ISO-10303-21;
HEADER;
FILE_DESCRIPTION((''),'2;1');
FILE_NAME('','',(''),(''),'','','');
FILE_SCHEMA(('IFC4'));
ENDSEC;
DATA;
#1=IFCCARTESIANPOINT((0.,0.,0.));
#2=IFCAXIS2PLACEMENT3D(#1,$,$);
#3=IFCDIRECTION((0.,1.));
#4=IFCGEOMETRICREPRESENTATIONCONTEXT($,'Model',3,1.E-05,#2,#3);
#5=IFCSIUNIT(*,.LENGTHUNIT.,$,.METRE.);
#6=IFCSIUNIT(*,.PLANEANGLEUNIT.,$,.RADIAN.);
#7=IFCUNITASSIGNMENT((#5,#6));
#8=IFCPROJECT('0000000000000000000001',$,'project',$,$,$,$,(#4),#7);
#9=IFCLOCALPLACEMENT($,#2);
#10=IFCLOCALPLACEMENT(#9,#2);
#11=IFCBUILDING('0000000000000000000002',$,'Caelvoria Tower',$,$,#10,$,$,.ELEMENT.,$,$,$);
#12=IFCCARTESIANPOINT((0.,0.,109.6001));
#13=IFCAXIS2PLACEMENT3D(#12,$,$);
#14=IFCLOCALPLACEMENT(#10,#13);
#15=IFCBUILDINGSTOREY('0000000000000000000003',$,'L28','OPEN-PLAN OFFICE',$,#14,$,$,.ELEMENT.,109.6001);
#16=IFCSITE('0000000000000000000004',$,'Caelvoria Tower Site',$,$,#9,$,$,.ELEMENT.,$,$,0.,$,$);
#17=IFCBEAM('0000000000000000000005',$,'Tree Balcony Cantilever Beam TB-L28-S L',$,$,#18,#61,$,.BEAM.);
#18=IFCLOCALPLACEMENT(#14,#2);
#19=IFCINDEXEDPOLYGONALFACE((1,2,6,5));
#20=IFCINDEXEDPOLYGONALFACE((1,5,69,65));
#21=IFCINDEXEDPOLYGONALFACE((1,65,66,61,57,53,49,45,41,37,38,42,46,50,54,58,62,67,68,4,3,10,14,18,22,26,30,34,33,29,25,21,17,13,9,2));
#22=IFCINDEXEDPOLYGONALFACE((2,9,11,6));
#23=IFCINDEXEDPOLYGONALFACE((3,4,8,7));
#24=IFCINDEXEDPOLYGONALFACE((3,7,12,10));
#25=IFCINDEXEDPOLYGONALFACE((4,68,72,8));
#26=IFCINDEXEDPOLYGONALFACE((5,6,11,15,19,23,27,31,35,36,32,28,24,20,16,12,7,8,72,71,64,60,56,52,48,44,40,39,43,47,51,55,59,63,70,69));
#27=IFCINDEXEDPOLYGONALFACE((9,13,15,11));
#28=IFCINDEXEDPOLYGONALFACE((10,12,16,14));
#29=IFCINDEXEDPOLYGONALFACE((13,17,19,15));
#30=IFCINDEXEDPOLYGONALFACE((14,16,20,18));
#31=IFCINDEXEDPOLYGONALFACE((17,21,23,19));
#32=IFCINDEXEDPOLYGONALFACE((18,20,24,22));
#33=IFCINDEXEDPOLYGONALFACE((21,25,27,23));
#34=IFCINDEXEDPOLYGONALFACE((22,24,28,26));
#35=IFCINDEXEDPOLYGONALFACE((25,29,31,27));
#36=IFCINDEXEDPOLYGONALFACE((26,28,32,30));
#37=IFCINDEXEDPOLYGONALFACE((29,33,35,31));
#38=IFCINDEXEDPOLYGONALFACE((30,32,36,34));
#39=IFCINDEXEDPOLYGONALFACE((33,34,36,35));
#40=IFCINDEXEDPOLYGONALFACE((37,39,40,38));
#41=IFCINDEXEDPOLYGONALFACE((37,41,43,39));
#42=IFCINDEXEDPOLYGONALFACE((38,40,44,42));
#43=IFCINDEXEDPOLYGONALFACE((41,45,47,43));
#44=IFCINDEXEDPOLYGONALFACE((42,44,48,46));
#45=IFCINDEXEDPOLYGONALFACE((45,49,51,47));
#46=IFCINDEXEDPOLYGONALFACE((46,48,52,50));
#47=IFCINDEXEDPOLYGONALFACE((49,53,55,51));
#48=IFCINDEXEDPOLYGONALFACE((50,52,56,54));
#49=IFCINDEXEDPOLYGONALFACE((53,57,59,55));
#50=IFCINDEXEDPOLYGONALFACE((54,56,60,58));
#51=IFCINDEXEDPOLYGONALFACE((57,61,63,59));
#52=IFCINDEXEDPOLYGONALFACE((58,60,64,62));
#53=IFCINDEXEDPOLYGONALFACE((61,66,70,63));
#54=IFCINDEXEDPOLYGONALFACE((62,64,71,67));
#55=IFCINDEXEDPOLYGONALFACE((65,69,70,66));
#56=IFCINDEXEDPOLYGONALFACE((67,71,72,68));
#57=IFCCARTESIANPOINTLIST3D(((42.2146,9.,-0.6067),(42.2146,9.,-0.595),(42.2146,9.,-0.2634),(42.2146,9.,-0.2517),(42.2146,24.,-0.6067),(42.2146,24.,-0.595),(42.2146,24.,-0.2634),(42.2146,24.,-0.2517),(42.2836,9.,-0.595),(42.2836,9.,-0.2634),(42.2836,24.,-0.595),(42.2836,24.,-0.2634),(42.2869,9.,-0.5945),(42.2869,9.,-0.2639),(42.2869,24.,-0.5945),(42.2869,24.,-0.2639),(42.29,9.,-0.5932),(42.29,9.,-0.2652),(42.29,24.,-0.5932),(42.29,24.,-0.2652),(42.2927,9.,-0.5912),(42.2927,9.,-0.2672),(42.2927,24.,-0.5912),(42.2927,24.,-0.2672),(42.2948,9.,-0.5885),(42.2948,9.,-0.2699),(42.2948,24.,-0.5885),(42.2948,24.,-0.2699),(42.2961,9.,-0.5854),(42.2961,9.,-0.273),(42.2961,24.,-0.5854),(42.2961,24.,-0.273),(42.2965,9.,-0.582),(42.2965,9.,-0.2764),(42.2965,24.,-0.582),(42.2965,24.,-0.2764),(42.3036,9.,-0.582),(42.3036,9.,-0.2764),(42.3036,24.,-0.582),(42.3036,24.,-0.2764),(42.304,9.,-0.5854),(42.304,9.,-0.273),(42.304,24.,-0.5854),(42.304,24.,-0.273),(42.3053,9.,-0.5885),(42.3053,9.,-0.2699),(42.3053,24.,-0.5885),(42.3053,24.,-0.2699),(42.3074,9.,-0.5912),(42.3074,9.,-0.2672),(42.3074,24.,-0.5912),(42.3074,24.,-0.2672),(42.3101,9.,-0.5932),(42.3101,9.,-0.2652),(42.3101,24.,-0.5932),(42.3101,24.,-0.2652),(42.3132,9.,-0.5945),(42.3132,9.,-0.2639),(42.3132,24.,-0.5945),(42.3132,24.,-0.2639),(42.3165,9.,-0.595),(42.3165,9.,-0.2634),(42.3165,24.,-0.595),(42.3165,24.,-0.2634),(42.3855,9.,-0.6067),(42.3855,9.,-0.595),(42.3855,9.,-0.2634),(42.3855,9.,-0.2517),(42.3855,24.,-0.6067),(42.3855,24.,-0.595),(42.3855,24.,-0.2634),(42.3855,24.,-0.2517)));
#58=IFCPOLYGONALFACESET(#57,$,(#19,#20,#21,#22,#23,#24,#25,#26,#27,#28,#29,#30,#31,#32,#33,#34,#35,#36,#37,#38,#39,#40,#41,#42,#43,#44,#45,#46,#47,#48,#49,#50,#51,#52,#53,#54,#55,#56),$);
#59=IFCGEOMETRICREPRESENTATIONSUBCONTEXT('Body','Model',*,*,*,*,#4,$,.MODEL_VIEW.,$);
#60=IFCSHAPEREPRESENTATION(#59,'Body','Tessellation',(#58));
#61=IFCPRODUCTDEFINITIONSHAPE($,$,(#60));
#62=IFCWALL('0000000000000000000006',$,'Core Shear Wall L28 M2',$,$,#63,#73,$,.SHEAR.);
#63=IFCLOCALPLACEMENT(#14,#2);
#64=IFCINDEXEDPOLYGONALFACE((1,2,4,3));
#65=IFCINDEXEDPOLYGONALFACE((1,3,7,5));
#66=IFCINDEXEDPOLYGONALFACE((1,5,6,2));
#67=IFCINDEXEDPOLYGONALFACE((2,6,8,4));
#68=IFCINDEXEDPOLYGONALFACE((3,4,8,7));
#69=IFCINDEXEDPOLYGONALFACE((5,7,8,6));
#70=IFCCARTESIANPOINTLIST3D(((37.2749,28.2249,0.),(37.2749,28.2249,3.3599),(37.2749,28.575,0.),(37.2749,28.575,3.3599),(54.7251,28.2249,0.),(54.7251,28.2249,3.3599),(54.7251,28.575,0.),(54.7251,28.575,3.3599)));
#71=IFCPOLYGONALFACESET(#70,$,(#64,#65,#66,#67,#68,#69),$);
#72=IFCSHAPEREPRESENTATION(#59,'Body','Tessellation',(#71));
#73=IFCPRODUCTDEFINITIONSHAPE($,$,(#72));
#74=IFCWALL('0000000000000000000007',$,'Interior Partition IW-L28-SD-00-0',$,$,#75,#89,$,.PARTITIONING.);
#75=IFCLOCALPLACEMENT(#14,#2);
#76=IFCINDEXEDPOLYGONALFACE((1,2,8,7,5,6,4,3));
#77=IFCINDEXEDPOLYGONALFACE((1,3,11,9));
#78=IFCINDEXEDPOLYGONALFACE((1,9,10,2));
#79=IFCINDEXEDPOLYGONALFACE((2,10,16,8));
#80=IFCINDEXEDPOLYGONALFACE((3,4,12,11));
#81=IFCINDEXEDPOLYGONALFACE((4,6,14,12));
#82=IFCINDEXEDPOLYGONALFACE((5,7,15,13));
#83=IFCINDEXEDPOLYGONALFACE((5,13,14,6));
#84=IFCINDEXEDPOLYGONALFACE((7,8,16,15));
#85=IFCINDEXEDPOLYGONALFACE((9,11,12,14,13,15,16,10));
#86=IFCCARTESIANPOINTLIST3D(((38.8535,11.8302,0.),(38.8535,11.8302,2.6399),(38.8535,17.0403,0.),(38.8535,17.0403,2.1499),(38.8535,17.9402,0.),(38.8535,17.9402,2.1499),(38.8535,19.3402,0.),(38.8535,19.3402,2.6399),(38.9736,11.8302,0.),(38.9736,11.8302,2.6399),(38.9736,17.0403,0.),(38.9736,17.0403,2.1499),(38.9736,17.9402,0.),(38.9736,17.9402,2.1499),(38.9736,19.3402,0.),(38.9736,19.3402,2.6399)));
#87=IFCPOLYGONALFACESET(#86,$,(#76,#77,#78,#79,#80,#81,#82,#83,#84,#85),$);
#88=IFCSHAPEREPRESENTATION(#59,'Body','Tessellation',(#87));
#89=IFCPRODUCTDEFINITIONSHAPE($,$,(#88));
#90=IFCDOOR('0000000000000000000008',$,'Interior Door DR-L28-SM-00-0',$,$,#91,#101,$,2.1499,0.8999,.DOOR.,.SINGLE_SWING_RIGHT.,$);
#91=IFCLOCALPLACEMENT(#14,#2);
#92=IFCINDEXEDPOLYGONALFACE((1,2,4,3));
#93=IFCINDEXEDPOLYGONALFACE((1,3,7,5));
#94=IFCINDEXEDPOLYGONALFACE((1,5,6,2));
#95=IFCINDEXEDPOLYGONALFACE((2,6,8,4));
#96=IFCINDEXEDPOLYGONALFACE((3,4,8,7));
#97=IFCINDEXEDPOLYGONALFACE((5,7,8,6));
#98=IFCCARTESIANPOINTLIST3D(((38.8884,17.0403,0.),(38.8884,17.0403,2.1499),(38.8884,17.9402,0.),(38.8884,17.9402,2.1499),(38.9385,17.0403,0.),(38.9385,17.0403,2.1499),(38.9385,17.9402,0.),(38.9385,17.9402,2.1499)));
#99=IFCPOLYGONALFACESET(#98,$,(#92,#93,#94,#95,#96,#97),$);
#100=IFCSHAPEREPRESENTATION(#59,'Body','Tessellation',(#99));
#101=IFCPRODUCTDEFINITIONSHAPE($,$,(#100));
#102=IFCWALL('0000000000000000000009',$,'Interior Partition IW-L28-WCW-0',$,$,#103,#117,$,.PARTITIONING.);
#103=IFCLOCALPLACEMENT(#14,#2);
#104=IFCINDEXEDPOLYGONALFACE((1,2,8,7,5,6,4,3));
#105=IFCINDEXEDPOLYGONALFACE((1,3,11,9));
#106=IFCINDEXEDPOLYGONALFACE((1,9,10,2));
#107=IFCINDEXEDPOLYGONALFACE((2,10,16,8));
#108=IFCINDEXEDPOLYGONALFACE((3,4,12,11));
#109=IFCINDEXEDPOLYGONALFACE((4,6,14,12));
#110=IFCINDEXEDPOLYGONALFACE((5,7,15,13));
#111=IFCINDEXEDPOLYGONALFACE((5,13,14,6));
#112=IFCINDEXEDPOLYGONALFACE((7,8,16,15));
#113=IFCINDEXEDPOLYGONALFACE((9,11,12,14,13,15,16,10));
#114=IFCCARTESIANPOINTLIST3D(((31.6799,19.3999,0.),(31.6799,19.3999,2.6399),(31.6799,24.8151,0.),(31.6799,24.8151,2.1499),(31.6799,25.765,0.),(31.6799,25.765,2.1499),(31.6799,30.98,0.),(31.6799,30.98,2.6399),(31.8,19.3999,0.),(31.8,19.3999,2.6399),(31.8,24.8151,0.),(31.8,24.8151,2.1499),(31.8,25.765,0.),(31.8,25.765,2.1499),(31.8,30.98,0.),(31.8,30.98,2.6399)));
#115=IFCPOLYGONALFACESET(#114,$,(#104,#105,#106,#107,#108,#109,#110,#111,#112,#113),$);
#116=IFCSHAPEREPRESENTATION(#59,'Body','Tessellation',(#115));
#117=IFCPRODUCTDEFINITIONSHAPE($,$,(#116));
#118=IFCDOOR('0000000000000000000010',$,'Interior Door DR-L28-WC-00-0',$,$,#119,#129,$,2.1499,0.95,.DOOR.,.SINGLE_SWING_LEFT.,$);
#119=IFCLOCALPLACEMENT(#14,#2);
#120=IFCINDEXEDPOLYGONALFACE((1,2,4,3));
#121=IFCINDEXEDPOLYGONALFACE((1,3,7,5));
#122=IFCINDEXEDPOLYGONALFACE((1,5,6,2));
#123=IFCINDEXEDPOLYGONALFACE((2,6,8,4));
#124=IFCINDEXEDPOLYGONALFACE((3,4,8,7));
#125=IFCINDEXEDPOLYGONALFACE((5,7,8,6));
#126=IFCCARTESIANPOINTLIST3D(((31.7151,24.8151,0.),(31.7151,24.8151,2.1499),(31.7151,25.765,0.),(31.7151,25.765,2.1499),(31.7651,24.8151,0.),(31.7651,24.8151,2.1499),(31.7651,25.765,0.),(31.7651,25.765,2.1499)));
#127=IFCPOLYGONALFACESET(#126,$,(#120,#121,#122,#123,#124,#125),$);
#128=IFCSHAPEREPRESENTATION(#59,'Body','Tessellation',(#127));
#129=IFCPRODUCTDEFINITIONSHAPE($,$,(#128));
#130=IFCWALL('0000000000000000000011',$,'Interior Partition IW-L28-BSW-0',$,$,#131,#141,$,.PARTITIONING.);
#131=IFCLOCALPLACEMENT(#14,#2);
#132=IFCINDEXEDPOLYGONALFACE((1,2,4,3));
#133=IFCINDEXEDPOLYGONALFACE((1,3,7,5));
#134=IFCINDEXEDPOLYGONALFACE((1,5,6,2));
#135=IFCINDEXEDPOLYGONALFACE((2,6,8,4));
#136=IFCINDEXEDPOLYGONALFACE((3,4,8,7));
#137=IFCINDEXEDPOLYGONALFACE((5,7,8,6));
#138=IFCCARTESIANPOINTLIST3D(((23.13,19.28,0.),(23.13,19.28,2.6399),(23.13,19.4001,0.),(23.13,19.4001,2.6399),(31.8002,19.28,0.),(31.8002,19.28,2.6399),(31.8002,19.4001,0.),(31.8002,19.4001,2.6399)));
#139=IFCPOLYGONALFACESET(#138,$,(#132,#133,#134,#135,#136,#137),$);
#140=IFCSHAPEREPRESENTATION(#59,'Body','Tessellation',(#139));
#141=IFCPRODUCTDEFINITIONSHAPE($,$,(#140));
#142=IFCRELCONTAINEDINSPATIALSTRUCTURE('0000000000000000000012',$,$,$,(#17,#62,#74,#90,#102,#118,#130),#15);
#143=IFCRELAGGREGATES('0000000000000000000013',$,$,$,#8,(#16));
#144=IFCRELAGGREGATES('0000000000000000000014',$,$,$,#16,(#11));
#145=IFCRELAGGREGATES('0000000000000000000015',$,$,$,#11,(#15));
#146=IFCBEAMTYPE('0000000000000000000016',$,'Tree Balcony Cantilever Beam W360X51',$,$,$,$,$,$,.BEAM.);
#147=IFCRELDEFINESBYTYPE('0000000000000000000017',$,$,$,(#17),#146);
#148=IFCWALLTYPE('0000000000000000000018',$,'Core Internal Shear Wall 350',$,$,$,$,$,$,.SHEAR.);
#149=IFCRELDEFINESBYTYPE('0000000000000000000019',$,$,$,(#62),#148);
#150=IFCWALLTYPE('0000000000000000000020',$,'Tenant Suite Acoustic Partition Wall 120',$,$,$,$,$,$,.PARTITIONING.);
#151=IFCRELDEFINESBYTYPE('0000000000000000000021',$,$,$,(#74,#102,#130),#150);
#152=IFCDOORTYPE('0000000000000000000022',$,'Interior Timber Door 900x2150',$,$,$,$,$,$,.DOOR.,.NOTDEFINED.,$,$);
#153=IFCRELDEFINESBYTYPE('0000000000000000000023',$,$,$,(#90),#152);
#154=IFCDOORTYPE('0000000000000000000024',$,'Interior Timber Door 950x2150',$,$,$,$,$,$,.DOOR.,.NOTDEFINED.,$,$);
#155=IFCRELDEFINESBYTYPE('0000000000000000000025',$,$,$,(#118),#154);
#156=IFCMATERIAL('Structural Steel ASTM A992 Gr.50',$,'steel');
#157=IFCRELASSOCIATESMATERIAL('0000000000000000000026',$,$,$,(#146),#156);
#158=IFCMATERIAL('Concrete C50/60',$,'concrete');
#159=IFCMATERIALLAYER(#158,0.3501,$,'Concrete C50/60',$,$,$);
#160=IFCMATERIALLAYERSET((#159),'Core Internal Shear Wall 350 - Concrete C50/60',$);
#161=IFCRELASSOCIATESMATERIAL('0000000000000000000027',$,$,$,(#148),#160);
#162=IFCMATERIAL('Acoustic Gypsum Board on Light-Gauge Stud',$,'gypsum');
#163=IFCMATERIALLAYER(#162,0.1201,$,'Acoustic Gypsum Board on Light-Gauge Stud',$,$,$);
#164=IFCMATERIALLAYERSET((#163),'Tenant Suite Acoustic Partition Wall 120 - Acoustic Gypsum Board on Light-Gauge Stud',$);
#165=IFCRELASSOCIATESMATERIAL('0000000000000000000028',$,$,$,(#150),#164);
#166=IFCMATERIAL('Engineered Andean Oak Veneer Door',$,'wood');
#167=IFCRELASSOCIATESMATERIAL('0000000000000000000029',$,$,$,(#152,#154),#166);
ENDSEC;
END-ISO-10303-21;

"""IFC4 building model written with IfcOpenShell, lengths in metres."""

from ifc_helpers import new_model, si_unit, direction, frame, frame_2d, origin, origin_2d, place, context, subcontext, project, spatial, rectangle, i_section, extrude, material, layer, layer_set, material_profile, profile_set, type_object, element, fill, save


model = new_model("IFC4")

# Units and contexts
model_context = context("Model", 3, precision=1e-05, world=origin(), true_north=direction((0.0, 1.0)))
body_context = subcontext(model_context, "Body", "Model", "MODEL_VIEW")
ifc_project = project(units=[si_unit("LENGTHUNIT", "METRE"), si_unit("PLANEANGLEUNIT", "RADIAN")], contexts=[model_context])

# Site, building, storey
site_placement = place(None, origin())
site = spatial("IfcSite", under=ifc_project, at=site_placement, Name="Caelvoria Tower Site", CompositionType="ELEMENT", RefElevation=0.0)
building_placement = place(site_placement, origin())
building = spatial("IfcBuilding", under=site, at=building_placement, Name="Caelvoria Tower", CompositionType="ELEMENT")
storey_placement = place(building_placement, frame((0.0, 0.0, 109.6001)))
storey = spatial("IfcBuildingStorey", under=building, at=storey_placement, Name="L28", Description="OPEN-PLAN OFFICE", CompositionType="ELEMENT", Elevation=109.6001)

# Beam
ifc_material_1 = material(Name="Structural Steel ASTM A992 Gr.50", Category="steel")
ifc_material_profile_1 = material_profile(ifc_material_1, i_section(OverallWidth=0.1709, OverallDepth=0.355, WebThickness=0.0071, FlangeThickness=0.0117, FilletRadius=0.0129, at=origin_2d()), Name="Structural Steel ASTM A992 Gr.50")
ifc_profile_set_1 = profile_set([ifc_material_profile_1], Name="W360X51 - Structural Steel ASTM A992 Gr.50")
beam_type_1 = type_object("IfcBeamType", Name="Tree Balcony Cantilever Beam W360X51", PredefinedType="BEAM", material=ifc_profile_set_1)
beam_1_placement = place(storey_placement, frame((42.3, 24.0, -0.4292), z_axis=(0.0, -1.0, 0.0), x_axis=(1.0, 0.0, 0.0)))
element("IfcBeam", 1, at=beam_1_placement, inside=storey, type_object=beam_type_1, Name="Tree Balcony Cantilever Beam TB-L28-S L", PredefinedType="BEAM", context=body_context, shape_type="SweptSolid", body=[
    extrude(i_section(OverallWidth=0.1709, OverallDepth=0.355, WebThickness=0.0071, FlangeThickness=0.0117, FilletRadius=0.0129, at=origin_2d()), origin(), (0.0, 0.0, 1.0), 15.0),
])

# Shared definitions
ifc_material_2 = material(Name="Concrete C50/60", Category="concrete")
ifc_layer_1 = layer(ifc_material_2, 0.3501, Name="Concrete C50/60")
ifc_layer_set_1 = layer_set([ifc_layer_1], Name="Core Internal Shear Wall 350 - Concrete C50/60")
wall_type_1 = type_object("IfcWallType", Name="Core Internal Shear Wall 350", PredefinedType="SHEAR", material=ifc_layer_set_1)

# Wall
wall_1_placement = place(storey_placement, frame((37.2749, 28.3999, 0.0), z_axis=(0.0, 0.0, 1.0), x_axis=(1.0, 0.0, 0.0)))
element("IfcWall", 2, at=wall_1_placement, inside=storey, type_object=wall_type_1, Name="Core Shear Wall L28 M2", PredefinedType="SHEAR", context=body_context, shape_type="SweptSolid", body=[
    extrude(rectangle(XDim=17.4502, YDim=0.3501, at=frame_2d((8.7251, 0.0))), origin(), (0.0, 0.0, 1.0), 3.3599),
])

# Walls, openings, doors
ifc_material_3 = material(Name="Acoustic Gypsum Board on Light-Gauge Stud", Category="gypsum")
ifc_layer_2 = layer(ifc_material_3, 0.1201, Name="Acoustic Gypsum Board on Light-Gauge Stud")
ifc_layer_set_2 = layer_set([ifc_layer_2], Name="Tenant Suite Acoustic Partition Wall 120 - Acoustic Gypsum Board on Light-Gauge Stud")
wall_type_2 = type_object("IfcWallType", Name="Tenant Suite Acoustic Partition Wall 120", PredefinedType="PARTITIONING", material=ifc_layer_set_2)
wall_2_placement = place(storey_placement, frame((38.9136, 19.3401, 0.0), z_axis=(0.0, 0.0, 1.0), x_axis=(0.0, -1.0, 0.0)))
wall_2 = element("IfcWall", 3, at=wall_2_placement, inside=storey, type_object=wall_type_2, Name="Interior Partition IW-L28-SD-00-0", PredefinedType="PARTITIONING", context=body_context, shape_type="SweptSolid", body=[
    extrude(rectangle(XDim=7.51, YDim=0.1201, at=frame_2d((3.7549, 0.0))), origin(), (0.0, 0.0, 1.0), 2.6399),
])
opening_1_placement = place(wall_2_placement, frame((1.3999, 0.0, 0.0)))
opening_1 = element("IfcOpeningElement", 4, at=opening_1_placement, cuts=wall_2, PredefinedType="OPENING", context=body_context, shape_type="SweptSolid", body=[
    extrude(rectangle(XDim=0.8999, YDim=2.1499, at=frame_2d((0.45, 1.075))), frame((0.0, 0.0701, 0.0), z_axis=(0.0, -1.0, 0.0), x_axis=(1.0, 0.0, 0.0)), (0.0, 0.0, 1.0), 0.1401),
])
ifc_material_4 = material(Name="Engineered Andean Oak Veneer Door", Category="wood")
door_type_1 = type_object("IfcDoorType", Name="Interior Timber Door 900x2150", OperationType="NOTDEFINED", PredefinedType="DOOR", material=ifc_material_4)
door_1_placement = place(opening_1_placement, origin())
door_1 = element("IfcDoor", 5, at=door_1_placement, inside=storey, type_object=door_type_1, Name="Interior Door DR-L28-SM-00-0", OperationType="SINGLE_SWING_RIGHT", OverallHeight=2.1499, OverallWidth=0.8999, PredefinedType="DOOR", context=body_context, shape_type="SweptSolid", body=[
    extrude(rectangle(XDim=0.8999, YDim=2.1499, at=frame_2d((0.45, 1.075))), frame((0.0, 0.0249, 0.0), z_axis=(0.0, -1.0, 0.0), x_axis=(1.0, 0.0, 0.0)), (0.0, 0.0, 1.0), 0.05),
])
fill(opening_1, door_1)
wall_3_placement = place(storey_placement, frame((31.74, 19.3999, 0.0), z_axis=(0.0, 0.0, 1.0), x_axis=(0.0, 1.0, 0.0)))
wall_3 = element("IfcWall", 6, at=wall_3_placement, inside=storey, type_object=wall_type_2, Name="Interior Partition IW-L28-WCW-0", PredefinedType="PARTITIONING", context=body_context, shape_type="SweptSolid", body=[
    extrude(rectangle(XDim=11.5801, YDim=0.1201, at=frame_2d((5.79, 0.0))), origin(), (0.0, 0.0, 1.0), 2.6399),
])
opening_2_placement = place(wall_3_placement, frame((5.415, 0.0, 0.0)))
opening_2 = element("IfcOpeningElement", 7, at=opening_2_placement, cuts=wall_3, PredefinedType="OPENING", context=body_context, shape_type="SweptSolid", body=[
    extrude(rectangle(XDim=0.95, YDim=2.1499, at=frame_2d((0.4751, 1.075))), frame((0.0, 0.0701, 0.0), z_axis=(0.0, -1.0, 0.0), x_axis=(1.0, 0.0, 0.0)), (0.0, 0.0, 1.0), 0.1401),
])
door_type_2 = type_object("IfcDoorType", Name="Interior Timber Door 950x2150", OperationType="NOTDEFINED", PredefinedType="DOOR", material=ifc_material_4)
door_2_placement = place(opening_2_placement, origin())
door_2 = element("IfcDoor", 8, at=door_2_placement, inside=storey, type_object=door_type_2, Name="Interior Door DR-L28-WC-00-0", OperationType="SINGLE_SWING_LEFT", OverallHeight=2.1499, OverallWidth=0.95, PredefinedType="DOOR", context=body_context, shape_type="SweptSolid", body=[
    extrude(rectangle(XDim=0.95, YDim=2.1499, at=frame_2d((0.4751, 1.075))), frame((0.0, 0.0249, 0.0), z_axis=(0.0, -1.0, 0.0), x_axis=(1.0, 0.0, 0.0)), (0.0, 0.0, 1.0), 0.05),
])
fill(opening_2, door_2)

# Wall
wall_4_placement = place(storey_placement, frame((31.8, 19.3401, 0.0), z_axis=(0.0, 0.0, 1.0), x_axis=(-1.0, 0.0, 0.0)))
element("IfcWall", 9, at=wall_4_placement, inside=storey, type_object=wall_type_2, Name="Interior Partition IW-L28-BSW-0", PredefinedType="PARTITIONING", context=body_context, shape_type="SweptSolid", body=[
    extrude(rectangle(XDim=8.6702, YDim=0.1201, at=frame_2d((4.335, 0.0))), origin(), (0.0, 0.0, 1.0), 2.6399),
])

save(model, "model.ifc")
